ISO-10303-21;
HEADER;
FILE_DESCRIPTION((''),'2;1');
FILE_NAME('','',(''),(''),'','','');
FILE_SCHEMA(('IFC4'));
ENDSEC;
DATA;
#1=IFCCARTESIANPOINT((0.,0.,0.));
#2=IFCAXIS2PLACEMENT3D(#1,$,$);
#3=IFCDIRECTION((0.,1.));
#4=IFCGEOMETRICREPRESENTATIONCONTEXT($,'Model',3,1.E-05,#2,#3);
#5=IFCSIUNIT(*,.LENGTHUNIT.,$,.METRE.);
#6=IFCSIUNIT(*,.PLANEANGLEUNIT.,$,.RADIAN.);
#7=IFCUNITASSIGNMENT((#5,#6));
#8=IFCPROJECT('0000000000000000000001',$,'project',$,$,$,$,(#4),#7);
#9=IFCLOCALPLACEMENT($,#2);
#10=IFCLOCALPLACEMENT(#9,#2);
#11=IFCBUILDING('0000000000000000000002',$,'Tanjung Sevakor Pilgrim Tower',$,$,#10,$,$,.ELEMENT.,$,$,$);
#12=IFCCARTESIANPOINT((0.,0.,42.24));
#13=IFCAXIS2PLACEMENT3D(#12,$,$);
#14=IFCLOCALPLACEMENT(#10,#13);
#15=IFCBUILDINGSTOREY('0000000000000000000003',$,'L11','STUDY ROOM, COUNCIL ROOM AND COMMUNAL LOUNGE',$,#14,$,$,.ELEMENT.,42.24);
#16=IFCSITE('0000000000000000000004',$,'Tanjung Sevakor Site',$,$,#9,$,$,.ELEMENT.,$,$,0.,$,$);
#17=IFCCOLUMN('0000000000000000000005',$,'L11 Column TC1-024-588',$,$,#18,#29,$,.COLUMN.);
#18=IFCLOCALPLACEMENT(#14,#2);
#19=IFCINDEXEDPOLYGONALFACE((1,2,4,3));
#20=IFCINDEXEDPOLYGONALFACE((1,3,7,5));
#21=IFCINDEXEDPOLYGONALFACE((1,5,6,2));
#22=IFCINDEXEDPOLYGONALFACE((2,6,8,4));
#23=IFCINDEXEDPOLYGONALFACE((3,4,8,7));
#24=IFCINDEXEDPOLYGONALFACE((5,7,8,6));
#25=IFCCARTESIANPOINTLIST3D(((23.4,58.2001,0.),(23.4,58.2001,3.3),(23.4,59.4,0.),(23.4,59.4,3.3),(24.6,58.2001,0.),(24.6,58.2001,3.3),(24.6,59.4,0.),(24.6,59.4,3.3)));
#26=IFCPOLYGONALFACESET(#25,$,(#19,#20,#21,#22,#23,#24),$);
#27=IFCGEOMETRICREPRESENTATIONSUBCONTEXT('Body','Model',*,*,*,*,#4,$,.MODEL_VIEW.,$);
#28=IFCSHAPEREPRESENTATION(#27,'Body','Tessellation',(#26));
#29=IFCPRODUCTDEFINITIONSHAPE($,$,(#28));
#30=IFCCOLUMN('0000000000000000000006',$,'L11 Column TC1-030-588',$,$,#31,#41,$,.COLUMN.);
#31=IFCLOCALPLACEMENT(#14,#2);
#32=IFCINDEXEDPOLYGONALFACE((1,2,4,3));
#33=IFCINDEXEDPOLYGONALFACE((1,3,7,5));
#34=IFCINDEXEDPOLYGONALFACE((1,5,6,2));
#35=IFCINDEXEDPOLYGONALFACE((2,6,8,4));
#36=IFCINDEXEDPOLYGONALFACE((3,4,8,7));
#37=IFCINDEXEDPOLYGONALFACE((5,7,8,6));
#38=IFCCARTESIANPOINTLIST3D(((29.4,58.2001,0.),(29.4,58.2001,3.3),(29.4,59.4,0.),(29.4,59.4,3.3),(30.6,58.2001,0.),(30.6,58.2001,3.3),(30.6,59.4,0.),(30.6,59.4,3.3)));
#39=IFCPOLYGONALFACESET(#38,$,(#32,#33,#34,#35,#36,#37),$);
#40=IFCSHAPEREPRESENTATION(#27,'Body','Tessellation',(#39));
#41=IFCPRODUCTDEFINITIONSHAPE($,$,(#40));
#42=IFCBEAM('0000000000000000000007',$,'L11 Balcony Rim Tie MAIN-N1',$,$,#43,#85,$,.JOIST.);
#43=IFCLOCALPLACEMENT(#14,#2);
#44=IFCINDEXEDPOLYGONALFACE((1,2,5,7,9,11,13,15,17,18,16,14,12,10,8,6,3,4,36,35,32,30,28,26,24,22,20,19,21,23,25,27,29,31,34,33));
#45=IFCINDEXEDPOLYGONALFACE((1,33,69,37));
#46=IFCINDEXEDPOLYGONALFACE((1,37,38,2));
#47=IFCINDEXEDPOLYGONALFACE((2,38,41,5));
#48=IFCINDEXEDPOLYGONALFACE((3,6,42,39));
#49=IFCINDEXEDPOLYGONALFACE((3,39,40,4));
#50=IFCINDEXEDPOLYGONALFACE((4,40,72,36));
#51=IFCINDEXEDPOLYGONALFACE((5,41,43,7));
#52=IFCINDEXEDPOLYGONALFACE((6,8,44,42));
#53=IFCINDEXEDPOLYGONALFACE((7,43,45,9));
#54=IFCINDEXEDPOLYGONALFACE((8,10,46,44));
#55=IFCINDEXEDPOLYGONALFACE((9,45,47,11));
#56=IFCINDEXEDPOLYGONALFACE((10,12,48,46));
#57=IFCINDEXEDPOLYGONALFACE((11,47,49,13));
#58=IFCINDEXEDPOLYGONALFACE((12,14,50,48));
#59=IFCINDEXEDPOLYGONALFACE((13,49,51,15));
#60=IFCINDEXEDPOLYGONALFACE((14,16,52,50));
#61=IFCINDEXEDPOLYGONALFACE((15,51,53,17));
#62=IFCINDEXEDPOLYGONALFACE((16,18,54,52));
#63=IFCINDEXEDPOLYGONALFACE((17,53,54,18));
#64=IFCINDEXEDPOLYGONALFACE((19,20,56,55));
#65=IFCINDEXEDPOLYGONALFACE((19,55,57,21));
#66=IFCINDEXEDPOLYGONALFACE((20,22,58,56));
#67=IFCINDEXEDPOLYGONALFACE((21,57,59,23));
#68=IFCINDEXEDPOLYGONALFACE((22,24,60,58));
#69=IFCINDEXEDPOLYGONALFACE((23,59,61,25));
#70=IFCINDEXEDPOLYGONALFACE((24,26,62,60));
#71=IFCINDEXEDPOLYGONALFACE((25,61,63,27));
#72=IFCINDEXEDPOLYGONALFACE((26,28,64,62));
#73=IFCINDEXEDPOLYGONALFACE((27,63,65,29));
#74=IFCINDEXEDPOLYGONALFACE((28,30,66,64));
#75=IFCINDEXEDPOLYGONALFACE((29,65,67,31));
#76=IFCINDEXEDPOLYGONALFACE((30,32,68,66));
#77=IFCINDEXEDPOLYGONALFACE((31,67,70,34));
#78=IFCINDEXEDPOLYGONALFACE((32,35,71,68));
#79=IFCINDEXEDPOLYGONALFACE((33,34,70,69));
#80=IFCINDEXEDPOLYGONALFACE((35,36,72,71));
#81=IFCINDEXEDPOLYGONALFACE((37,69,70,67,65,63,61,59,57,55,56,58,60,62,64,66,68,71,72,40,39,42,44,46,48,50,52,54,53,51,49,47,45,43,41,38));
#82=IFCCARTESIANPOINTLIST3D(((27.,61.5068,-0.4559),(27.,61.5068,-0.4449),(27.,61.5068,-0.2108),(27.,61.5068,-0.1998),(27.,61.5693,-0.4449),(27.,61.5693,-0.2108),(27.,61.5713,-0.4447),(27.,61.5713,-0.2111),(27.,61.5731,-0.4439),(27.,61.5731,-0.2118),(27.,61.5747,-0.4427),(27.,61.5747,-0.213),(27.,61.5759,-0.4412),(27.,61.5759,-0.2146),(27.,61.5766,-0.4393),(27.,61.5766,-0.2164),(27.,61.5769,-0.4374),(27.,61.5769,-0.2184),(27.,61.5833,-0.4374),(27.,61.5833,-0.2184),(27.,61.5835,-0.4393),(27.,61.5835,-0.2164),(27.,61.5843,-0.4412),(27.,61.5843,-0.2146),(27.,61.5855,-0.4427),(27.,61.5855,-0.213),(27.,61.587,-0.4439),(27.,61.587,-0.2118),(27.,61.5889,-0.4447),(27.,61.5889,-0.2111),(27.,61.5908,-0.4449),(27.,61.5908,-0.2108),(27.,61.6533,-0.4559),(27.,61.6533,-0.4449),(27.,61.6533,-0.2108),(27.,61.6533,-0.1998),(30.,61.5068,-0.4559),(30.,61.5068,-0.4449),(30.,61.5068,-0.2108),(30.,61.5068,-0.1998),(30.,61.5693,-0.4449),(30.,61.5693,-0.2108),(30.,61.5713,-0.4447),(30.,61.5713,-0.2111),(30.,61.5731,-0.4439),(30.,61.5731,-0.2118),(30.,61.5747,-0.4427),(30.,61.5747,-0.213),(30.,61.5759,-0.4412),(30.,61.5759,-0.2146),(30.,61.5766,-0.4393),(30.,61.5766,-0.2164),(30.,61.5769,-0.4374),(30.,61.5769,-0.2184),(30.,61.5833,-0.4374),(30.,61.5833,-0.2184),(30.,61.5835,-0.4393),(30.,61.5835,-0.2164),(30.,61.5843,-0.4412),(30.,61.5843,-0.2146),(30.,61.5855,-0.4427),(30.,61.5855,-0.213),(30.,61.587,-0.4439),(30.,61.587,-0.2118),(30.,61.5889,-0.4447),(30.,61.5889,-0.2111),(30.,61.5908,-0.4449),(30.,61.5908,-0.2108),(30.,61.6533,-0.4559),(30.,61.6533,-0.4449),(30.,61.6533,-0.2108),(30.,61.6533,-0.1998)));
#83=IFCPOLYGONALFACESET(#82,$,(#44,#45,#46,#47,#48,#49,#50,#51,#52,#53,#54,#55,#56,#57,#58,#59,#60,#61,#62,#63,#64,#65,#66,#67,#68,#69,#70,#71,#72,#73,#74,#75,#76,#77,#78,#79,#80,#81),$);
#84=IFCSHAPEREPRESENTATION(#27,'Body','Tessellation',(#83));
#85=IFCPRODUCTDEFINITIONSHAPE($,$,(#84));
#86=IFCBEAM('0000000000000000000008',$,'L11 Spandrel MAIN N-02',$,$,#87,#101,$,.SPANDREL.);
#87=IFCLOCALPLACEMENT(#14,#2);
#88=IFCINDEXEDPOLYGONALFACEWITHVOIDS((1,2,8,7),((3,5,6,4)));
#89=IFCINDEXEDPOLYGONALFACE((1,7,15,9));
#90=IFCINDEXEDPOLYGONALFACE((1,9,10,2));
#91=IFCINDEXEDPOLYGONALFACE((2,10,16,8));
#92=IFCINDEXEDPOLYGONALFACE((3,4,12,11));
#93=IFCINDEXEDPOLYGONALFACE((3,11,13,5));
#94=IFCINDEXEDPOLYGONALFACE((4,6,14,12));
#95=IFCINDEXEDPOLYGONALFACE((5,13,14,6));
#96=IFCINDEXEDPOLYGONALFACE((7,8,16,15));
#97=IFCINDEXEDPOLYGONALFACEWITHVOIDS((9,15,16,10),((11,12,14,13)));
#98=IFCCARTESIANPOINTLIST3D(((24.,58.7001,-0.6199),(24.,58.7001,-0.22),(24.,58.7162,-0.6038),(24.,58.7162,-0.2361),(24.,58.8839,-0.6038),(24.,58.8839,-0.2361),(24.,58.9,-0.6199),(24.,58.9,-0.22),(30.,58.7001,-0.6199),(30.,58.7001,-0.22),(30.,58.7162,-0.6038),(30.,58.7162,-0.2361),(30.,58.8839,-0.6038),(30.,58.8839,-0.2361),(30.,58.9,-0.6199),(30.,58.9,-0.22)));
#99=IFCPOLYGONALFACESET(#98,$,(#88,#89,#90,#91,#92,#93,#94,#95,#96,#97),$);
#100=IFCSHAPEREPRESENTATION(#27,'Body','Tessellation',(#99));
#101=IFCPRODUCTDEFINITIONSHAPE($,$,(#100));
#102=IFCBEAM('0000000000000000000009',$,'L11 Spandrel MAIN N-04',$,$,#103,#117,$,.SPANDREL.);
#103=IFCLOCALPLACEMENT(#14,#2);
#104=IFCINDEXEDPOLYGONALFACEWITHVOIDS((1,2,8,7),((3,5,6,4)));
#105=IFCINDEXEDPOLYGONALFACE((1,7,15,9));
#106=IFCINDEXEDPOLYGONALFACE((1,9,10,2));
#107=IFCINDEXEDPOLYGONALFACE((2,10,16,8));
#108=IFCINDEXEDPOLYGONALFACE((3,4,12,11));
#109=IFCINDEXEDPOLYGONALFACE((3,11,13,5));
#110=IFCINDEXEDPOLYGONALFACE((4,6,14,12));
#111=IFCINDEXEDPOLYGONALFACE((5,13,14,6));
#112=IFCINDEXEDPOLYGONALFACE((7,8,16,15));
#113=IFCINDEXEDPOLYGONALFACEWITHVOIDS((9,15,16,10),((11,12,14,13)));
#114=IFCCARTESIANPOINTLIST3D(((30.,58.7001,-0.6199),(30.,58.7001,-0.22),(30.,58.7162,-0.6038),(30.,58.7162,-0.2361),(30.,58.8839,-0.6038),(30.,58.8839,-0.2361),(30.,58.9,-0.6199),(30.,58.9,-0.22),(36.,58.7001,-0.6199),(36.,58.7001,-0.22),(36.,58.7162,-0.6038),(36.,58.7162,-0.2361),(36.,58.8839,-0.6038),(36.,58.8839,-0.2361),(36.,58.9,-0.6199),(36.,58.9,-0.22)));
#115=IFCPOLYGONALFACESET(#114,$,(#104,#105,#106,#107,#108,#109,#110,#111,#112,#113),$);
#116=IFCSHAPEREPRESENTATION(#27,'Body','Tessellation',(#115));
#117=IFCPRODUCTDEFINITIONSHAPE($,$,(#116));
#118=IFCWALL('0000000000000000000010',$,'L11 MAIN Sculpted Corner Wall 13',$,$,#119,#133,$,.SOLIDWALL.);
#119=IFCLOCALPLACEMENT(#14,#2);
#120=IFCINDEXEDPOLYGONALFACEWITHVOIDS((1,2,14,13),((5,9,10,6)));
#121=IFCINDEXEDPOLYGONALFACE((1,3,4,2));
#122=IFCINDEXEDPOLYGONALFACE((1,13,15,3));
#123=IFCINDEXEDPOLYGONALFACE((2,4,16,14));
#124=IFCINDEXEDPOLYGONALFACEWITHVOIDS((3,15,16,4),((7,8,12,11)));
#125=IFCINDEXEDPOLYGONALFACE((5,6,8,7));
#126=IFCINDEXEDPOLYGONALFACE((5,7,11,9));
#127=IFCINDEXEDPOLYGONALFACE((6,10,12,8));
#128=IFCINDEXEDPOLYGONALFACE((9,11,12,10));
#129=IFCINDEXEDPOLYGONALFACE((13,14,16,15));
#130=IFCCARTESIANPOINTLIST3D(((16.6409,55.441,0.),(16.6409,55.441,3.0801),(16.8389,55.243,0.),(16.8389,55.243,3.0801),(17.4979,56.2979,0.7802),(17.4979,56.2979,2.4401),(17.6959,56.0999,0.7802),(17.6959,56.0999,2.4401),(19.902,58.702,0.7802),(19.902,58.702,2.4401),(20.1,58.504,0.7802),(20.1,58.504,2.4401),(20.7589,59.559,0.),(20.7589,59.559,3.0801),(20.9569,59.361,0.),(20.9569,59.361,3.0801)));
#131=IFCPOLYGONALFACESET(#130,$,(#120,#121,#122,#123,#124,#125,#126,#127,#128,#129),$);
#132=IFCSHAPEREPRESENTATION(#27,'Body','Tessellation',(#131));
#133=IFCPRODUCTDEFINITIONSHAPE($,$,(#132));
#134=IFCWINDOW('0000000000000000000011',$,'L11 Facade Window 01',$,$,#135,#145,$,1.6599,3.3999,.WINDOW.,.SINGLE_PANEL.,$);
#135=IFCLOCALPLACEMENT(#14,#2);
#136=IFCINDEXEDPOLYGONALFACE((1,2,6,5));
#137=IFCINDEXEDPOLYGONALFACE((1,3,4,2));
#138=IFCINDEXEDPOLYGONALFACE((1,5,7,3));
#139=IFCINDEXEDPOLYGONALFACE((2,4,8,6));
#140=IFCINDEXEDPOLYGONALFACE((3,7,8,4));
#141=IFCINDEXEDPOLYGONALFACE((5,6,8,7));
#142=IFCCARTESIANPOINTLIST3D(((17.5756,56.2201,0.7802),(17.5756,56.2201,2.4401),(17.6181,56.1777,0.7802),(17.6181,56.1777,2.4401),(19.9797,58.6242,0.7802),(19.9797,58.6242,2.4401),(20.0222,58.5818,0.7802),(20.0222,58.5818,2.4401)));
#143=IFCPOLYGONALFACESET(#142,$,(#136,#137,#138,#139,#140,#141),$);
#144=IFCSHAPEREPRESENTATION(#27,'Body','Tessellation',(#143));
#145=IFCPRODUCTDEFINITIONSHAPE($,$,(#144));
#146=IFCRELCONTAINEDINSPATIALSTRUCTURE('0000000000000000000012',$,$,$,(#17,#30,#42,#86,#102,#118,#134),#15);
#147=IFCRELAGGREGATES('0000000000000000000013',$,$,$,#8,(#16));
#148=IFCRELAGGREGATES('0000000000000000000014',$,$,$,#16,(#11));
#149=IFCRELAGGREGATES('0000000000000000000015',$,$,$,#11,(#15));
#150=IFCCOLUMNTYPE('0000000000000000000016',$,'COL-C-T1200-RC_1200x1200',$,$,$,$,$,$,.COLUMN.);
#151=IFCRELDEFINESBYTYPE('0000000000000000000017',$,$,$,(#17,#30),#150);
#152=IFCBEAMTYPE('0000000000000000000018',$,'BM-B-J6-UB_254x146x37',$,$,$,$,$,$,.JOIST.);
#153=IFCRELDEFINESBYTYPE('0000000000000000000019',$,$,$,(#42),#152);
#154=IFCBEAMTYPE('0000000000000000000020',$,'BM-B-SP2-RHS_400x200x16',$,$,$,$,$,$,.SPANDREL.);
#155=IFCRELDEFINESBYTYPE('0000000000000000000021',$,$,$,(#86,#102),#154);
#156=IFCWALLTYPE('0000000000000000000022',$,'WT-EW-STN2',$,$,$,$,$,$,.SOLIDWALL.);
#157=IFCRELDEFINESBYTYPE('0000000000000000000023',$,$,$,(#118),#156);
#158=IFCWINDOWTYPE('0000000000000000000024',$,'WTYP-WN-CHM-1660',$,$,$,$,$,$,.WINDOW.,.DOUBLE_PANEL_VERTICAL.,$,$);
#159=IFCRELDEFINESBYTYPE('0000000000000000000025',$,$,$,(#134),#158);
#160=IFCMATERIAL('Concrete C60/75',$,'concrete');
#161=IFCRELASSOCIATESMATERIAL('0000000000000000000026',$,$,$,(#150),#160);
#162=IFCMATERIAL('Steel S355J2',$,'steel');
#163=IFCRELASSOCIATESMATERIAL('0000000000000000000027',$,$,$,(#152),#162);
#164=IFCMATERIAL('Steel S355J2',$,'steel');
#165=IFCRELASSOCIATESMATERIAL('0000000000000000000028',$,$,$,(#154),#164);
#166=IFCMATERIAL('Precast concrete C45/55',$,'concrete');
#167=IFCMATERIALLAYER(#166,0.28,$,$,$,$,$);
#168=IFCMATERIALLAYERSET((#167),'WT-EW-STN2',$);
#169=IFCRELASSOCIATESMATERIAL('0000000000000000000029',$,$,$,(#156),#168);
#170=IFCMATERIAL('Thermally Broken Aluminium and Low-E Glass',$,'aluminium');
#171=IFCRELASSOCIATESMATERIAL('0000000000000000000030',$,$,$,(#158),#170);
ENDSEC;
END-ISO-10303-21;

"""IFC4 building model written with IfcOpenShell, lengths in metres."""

from ifc_helpers import new_model, si_unit, direction, frame, frame_2d, origin, origin_2d, place, context, subcontext, project, spatial, rectangle, hollow_rectangle, i_section, extrude, material, layer, layer_set, material_profile, profile_set, type_object, element, fill, save


model = new_model("IFC4")

# Units and contexts
model_context = context("Model", 3, precision=1e-05, world=origin(), true_north=direction((0.0, 1.0)))
body_context = subcontext(model_context, "Body", "Model", "MODEL_VIEW")
ifc_project = project(units=[si_unit("LENGTHUNIT", "METRE"), si_unit("PLANEANGLEUNIT", "RADIAN")], contexts=[model_context])

# Site, building, storey
site_placement = place(None, origin())
site = spatial("IfcSite", under=ifc_project, at=site_placement, Name="Tanjung Sevakor Site", CompositionType="ELEMENT", RefElevation=0.0)
building_placement = place(site_placement, origin())
building = spatial("IfcBuilding", under=site, at=building_placement, Name="Tanjung Sevakor Pilgrim Tower", CompositionType="ELEMENT")
storey_placement = place(building_placement, frame((0.0, 0.0, 42.24)))
storey = spatial("IfcBuildingStorey", under=building, at=storey_placement, Name="L11", Description="STUDY ROOM, COUNCIL ROOM AND COMMUNAL LOUNGE", CompositionType="ELEMENT", Elevation=42.24)

# Columns
ifc_material_1 = material(Name="Concrete C60/75", Category="concrete")
ifc_material_profile_1 = material_profile(ifc_material_1, rectangle(XDim=1.2, YDim=1.2, at=origin_2d()))
ifc_profile_set_1 = profile_set([ifc_material_profile_1], Name="Concrete C60/75")
column_type = type_object("IfcColumnType", Name="COL-C-T1200-RC_1200x1200", PredefinedType="COLUMN", material=ifc_profile_set_1)
for number, where, z_axis, x_axis, name in (
    (1, (24.0, 58.8, 0.0), (0.0, 0.0, 1.0), (1.0, 0.0, 0.0), "L11 Column TC1-024-588"),
    (2, (30.0, 58.8, 0.0), (0.0, 0.0, 1.0), (1.0, 0.0, 0.0), "L11 Column TC1-030-588"),
):
    element("IfcColumn", number, at=place(storey_placement, frame(where, z_axis=z_axis, x_axis=x_axis)), inside=storey, type_object=column_type, Name=name, PredefinedType="COLUMN", context=body_context, shape_type="SweptSolid", body=[
        extrude(rectangle(XDim=1.2, YDim=1.2, at=origin_2d()), origin(), (0.0, 0.0, 1.0), 3.3),
    ])

# Beams
ifc_material_2 = material(Name="Steel S355J2", Category="steel")
ifc_material_profile_2 = material_profile(ifc_material_2, i_section(OverallWidth=0.1465, OverallDepth=0.2561, WebThickness=0.0063, FlangeThickness=0.011, FilletRadius=0.0076, at=origin_2d()))
ifc_profile_set_2 = profile_set([ifc_material_profile_2], Name="Steel S355J2")
beam_type_1 = type_object("IfcBeamType", Name="BM-B-J6-UB_254x146x37", PredefinedType="JOIST", material=ifc_profile_set_2)
beam_placement = place(storey_placement, frame((27.0, 61.5801, -0.3279), z_axis=(1.0, 0.0, 0.0), x_axis=(0.0, 1.0, 0.0)))
element("IfcBeam", 3, at=beam_placement, inside=storey, type_object=beam_type_1, Name="L11 Balcony Rim Tie MAIN-N1", PredefinedType="JOIST", context=body_context, shape_type="SweptSolid", body=[
    extrude(i_section(OverallWidth=0.1465, OverallDepth=0.2561, WebThickness=0.0063, FlangeThickness=0.011, FilletRadius=0.0076, at=origin_2d()), origin(), (0.0, 0.0, 1.0), 3.0),
])
ifc_material_3 = material(Name="Steel S355J2", Category="steel")
ifc_material_profile_3 = material_profile(ifc_material_3, hollow_rectangle(XDim=0.2, YDim=0.3999, WallThickness=0.0161, at=origin_2d()))
ifc_profile_set_3 = profile_set([ifc_material_profile_3], Name="Steel S355J2")
beam_type_2 = type_object("IfcBeamType", Name="BM-B-SP2-RHS_400x200x16", PredefinedType="SPANDREL", material=ifc_profile_set_3)
for number, where, z_axis, x_axis, name in (
    (4, (24.0, 58.8, -0.4199), (1.0, 0.0, 0.0), (0.0, 1.0, 0.0), "L11 Spandrel MAIN N-02"),
    (5, (30.0, 58.8, -0.4199), (1.0, 0.0, 0.0), (0.0, 1.0, 0.0), "L11 Spandrel MAIN N-04"),
):
    element("IfcBeam", number, at=place(storey_placement, frame(where, z_axis=z_axis, x_axis=x_axis)), inside=storey, type_object=beam_type_2, Name=name, PredefinedType="SPANDREL", context=body_context, shape_type="SweptSolid", body=[
        extrude(hollow_rectangle(XDim=0.2, YDim=0.3999, WallThickness=0.0161, at=origin_2d()), origin(), (0.0, 0.0, 1.0), 6.0),
    ])

# Wall, opening, window
ifc_material_4 = material(Name="Precast concrete C45/55", Category="concrete")
ifc_layer_1 = layer(ifc_material_4, 0.28)
ifc_layer_set_1 = layer_set([ifc_layer_1], Name="WT-EW-STN2")
wall_type_1 = type_object("IfcWallType", Name="WT-EW-STN2", PredefinedType="SOLIDWALL", material=ifc_layer_set_1)
wall_1_placement = place(storey_placement, frame((20.8579, 59.46, 0.0), z_axis=(0.0, 0.0, 1.0), x_axis=(-0.707107, -0.707107, 0.0)))
wall_1 = element("IfcWall", 6, at=wall_1_placement, inside=storey, type_object=wall_type_1, Name="L11 MAIN Sculpted Corner Wall 13", PredefinedType="SOLIDWALL", context=body_context, shape_type="SweptSolid", body=[
    extrude(rectangle(XDim=5.8237, YDim=0.28, at=frame_2d((2.9119, 0.0))), origin(), (0.0, 0.0, 1.0), 3.0801),
])
opening_1_placement = place(wall_1_placement, frame((1.2119, 0.0, 0.78)))
opening_1 = element("IfcOpeningElement", 7, at=opening_1_placement, cuts=wall_1, PredefinedType="OPENING", context=body_context, shape_type="SweptSolid", body=[
    extrude(rectangle(XDim=3.3999, YDim=1.6599, at=frame_2d((1.7, 0.8301))), frame((0.0, 0.1499, 0.0), z_axis=(0.0, -1.0, 0.0), x_axis=(1.0, 0.0, 0.0)), (0.0, 0.0, 1.0), 0.3),
])
ifc_material_5 = material(Name="Thermally Broken Aluminium and Low-E Glass", Category="aluminium")
window_type_1 = type_object("IfcWindowType", Name="WTYP-WN-CHM-1660", PartitioningType="DOUBLE_PANEL_VERTICAL", PredefinedType="WINDOW", material=ifc_material_5)
window_1_placement = place(opening_1_placement, origin())
window_1 = element("IfcWindow", 8, at=window_1_placement, inside=storey, type_object=window_type_1, Name="L11 Facade Window 01", OverallHeight=1.6599, OverallWidth=3.3999, PartitioningType="SINGLE_PANEL", PredefinedType="WINDOW", context=body_context, shape_type="SweptSolid", body=[
    extrude(rectangle(XDim=3.3999, YDim=1.6599, at=frame_2d((1.7, 0.8301))), frame((0.0, 0.03, 0.0), z_axis=(0.0, -1.0, 0.0), x_axis=(1.0, 0.0, 0.0)), (0.0, 0.0, 1.0), 0.0601),
])
fill(opening_1, window_1)

save(model, "model.ifc")
